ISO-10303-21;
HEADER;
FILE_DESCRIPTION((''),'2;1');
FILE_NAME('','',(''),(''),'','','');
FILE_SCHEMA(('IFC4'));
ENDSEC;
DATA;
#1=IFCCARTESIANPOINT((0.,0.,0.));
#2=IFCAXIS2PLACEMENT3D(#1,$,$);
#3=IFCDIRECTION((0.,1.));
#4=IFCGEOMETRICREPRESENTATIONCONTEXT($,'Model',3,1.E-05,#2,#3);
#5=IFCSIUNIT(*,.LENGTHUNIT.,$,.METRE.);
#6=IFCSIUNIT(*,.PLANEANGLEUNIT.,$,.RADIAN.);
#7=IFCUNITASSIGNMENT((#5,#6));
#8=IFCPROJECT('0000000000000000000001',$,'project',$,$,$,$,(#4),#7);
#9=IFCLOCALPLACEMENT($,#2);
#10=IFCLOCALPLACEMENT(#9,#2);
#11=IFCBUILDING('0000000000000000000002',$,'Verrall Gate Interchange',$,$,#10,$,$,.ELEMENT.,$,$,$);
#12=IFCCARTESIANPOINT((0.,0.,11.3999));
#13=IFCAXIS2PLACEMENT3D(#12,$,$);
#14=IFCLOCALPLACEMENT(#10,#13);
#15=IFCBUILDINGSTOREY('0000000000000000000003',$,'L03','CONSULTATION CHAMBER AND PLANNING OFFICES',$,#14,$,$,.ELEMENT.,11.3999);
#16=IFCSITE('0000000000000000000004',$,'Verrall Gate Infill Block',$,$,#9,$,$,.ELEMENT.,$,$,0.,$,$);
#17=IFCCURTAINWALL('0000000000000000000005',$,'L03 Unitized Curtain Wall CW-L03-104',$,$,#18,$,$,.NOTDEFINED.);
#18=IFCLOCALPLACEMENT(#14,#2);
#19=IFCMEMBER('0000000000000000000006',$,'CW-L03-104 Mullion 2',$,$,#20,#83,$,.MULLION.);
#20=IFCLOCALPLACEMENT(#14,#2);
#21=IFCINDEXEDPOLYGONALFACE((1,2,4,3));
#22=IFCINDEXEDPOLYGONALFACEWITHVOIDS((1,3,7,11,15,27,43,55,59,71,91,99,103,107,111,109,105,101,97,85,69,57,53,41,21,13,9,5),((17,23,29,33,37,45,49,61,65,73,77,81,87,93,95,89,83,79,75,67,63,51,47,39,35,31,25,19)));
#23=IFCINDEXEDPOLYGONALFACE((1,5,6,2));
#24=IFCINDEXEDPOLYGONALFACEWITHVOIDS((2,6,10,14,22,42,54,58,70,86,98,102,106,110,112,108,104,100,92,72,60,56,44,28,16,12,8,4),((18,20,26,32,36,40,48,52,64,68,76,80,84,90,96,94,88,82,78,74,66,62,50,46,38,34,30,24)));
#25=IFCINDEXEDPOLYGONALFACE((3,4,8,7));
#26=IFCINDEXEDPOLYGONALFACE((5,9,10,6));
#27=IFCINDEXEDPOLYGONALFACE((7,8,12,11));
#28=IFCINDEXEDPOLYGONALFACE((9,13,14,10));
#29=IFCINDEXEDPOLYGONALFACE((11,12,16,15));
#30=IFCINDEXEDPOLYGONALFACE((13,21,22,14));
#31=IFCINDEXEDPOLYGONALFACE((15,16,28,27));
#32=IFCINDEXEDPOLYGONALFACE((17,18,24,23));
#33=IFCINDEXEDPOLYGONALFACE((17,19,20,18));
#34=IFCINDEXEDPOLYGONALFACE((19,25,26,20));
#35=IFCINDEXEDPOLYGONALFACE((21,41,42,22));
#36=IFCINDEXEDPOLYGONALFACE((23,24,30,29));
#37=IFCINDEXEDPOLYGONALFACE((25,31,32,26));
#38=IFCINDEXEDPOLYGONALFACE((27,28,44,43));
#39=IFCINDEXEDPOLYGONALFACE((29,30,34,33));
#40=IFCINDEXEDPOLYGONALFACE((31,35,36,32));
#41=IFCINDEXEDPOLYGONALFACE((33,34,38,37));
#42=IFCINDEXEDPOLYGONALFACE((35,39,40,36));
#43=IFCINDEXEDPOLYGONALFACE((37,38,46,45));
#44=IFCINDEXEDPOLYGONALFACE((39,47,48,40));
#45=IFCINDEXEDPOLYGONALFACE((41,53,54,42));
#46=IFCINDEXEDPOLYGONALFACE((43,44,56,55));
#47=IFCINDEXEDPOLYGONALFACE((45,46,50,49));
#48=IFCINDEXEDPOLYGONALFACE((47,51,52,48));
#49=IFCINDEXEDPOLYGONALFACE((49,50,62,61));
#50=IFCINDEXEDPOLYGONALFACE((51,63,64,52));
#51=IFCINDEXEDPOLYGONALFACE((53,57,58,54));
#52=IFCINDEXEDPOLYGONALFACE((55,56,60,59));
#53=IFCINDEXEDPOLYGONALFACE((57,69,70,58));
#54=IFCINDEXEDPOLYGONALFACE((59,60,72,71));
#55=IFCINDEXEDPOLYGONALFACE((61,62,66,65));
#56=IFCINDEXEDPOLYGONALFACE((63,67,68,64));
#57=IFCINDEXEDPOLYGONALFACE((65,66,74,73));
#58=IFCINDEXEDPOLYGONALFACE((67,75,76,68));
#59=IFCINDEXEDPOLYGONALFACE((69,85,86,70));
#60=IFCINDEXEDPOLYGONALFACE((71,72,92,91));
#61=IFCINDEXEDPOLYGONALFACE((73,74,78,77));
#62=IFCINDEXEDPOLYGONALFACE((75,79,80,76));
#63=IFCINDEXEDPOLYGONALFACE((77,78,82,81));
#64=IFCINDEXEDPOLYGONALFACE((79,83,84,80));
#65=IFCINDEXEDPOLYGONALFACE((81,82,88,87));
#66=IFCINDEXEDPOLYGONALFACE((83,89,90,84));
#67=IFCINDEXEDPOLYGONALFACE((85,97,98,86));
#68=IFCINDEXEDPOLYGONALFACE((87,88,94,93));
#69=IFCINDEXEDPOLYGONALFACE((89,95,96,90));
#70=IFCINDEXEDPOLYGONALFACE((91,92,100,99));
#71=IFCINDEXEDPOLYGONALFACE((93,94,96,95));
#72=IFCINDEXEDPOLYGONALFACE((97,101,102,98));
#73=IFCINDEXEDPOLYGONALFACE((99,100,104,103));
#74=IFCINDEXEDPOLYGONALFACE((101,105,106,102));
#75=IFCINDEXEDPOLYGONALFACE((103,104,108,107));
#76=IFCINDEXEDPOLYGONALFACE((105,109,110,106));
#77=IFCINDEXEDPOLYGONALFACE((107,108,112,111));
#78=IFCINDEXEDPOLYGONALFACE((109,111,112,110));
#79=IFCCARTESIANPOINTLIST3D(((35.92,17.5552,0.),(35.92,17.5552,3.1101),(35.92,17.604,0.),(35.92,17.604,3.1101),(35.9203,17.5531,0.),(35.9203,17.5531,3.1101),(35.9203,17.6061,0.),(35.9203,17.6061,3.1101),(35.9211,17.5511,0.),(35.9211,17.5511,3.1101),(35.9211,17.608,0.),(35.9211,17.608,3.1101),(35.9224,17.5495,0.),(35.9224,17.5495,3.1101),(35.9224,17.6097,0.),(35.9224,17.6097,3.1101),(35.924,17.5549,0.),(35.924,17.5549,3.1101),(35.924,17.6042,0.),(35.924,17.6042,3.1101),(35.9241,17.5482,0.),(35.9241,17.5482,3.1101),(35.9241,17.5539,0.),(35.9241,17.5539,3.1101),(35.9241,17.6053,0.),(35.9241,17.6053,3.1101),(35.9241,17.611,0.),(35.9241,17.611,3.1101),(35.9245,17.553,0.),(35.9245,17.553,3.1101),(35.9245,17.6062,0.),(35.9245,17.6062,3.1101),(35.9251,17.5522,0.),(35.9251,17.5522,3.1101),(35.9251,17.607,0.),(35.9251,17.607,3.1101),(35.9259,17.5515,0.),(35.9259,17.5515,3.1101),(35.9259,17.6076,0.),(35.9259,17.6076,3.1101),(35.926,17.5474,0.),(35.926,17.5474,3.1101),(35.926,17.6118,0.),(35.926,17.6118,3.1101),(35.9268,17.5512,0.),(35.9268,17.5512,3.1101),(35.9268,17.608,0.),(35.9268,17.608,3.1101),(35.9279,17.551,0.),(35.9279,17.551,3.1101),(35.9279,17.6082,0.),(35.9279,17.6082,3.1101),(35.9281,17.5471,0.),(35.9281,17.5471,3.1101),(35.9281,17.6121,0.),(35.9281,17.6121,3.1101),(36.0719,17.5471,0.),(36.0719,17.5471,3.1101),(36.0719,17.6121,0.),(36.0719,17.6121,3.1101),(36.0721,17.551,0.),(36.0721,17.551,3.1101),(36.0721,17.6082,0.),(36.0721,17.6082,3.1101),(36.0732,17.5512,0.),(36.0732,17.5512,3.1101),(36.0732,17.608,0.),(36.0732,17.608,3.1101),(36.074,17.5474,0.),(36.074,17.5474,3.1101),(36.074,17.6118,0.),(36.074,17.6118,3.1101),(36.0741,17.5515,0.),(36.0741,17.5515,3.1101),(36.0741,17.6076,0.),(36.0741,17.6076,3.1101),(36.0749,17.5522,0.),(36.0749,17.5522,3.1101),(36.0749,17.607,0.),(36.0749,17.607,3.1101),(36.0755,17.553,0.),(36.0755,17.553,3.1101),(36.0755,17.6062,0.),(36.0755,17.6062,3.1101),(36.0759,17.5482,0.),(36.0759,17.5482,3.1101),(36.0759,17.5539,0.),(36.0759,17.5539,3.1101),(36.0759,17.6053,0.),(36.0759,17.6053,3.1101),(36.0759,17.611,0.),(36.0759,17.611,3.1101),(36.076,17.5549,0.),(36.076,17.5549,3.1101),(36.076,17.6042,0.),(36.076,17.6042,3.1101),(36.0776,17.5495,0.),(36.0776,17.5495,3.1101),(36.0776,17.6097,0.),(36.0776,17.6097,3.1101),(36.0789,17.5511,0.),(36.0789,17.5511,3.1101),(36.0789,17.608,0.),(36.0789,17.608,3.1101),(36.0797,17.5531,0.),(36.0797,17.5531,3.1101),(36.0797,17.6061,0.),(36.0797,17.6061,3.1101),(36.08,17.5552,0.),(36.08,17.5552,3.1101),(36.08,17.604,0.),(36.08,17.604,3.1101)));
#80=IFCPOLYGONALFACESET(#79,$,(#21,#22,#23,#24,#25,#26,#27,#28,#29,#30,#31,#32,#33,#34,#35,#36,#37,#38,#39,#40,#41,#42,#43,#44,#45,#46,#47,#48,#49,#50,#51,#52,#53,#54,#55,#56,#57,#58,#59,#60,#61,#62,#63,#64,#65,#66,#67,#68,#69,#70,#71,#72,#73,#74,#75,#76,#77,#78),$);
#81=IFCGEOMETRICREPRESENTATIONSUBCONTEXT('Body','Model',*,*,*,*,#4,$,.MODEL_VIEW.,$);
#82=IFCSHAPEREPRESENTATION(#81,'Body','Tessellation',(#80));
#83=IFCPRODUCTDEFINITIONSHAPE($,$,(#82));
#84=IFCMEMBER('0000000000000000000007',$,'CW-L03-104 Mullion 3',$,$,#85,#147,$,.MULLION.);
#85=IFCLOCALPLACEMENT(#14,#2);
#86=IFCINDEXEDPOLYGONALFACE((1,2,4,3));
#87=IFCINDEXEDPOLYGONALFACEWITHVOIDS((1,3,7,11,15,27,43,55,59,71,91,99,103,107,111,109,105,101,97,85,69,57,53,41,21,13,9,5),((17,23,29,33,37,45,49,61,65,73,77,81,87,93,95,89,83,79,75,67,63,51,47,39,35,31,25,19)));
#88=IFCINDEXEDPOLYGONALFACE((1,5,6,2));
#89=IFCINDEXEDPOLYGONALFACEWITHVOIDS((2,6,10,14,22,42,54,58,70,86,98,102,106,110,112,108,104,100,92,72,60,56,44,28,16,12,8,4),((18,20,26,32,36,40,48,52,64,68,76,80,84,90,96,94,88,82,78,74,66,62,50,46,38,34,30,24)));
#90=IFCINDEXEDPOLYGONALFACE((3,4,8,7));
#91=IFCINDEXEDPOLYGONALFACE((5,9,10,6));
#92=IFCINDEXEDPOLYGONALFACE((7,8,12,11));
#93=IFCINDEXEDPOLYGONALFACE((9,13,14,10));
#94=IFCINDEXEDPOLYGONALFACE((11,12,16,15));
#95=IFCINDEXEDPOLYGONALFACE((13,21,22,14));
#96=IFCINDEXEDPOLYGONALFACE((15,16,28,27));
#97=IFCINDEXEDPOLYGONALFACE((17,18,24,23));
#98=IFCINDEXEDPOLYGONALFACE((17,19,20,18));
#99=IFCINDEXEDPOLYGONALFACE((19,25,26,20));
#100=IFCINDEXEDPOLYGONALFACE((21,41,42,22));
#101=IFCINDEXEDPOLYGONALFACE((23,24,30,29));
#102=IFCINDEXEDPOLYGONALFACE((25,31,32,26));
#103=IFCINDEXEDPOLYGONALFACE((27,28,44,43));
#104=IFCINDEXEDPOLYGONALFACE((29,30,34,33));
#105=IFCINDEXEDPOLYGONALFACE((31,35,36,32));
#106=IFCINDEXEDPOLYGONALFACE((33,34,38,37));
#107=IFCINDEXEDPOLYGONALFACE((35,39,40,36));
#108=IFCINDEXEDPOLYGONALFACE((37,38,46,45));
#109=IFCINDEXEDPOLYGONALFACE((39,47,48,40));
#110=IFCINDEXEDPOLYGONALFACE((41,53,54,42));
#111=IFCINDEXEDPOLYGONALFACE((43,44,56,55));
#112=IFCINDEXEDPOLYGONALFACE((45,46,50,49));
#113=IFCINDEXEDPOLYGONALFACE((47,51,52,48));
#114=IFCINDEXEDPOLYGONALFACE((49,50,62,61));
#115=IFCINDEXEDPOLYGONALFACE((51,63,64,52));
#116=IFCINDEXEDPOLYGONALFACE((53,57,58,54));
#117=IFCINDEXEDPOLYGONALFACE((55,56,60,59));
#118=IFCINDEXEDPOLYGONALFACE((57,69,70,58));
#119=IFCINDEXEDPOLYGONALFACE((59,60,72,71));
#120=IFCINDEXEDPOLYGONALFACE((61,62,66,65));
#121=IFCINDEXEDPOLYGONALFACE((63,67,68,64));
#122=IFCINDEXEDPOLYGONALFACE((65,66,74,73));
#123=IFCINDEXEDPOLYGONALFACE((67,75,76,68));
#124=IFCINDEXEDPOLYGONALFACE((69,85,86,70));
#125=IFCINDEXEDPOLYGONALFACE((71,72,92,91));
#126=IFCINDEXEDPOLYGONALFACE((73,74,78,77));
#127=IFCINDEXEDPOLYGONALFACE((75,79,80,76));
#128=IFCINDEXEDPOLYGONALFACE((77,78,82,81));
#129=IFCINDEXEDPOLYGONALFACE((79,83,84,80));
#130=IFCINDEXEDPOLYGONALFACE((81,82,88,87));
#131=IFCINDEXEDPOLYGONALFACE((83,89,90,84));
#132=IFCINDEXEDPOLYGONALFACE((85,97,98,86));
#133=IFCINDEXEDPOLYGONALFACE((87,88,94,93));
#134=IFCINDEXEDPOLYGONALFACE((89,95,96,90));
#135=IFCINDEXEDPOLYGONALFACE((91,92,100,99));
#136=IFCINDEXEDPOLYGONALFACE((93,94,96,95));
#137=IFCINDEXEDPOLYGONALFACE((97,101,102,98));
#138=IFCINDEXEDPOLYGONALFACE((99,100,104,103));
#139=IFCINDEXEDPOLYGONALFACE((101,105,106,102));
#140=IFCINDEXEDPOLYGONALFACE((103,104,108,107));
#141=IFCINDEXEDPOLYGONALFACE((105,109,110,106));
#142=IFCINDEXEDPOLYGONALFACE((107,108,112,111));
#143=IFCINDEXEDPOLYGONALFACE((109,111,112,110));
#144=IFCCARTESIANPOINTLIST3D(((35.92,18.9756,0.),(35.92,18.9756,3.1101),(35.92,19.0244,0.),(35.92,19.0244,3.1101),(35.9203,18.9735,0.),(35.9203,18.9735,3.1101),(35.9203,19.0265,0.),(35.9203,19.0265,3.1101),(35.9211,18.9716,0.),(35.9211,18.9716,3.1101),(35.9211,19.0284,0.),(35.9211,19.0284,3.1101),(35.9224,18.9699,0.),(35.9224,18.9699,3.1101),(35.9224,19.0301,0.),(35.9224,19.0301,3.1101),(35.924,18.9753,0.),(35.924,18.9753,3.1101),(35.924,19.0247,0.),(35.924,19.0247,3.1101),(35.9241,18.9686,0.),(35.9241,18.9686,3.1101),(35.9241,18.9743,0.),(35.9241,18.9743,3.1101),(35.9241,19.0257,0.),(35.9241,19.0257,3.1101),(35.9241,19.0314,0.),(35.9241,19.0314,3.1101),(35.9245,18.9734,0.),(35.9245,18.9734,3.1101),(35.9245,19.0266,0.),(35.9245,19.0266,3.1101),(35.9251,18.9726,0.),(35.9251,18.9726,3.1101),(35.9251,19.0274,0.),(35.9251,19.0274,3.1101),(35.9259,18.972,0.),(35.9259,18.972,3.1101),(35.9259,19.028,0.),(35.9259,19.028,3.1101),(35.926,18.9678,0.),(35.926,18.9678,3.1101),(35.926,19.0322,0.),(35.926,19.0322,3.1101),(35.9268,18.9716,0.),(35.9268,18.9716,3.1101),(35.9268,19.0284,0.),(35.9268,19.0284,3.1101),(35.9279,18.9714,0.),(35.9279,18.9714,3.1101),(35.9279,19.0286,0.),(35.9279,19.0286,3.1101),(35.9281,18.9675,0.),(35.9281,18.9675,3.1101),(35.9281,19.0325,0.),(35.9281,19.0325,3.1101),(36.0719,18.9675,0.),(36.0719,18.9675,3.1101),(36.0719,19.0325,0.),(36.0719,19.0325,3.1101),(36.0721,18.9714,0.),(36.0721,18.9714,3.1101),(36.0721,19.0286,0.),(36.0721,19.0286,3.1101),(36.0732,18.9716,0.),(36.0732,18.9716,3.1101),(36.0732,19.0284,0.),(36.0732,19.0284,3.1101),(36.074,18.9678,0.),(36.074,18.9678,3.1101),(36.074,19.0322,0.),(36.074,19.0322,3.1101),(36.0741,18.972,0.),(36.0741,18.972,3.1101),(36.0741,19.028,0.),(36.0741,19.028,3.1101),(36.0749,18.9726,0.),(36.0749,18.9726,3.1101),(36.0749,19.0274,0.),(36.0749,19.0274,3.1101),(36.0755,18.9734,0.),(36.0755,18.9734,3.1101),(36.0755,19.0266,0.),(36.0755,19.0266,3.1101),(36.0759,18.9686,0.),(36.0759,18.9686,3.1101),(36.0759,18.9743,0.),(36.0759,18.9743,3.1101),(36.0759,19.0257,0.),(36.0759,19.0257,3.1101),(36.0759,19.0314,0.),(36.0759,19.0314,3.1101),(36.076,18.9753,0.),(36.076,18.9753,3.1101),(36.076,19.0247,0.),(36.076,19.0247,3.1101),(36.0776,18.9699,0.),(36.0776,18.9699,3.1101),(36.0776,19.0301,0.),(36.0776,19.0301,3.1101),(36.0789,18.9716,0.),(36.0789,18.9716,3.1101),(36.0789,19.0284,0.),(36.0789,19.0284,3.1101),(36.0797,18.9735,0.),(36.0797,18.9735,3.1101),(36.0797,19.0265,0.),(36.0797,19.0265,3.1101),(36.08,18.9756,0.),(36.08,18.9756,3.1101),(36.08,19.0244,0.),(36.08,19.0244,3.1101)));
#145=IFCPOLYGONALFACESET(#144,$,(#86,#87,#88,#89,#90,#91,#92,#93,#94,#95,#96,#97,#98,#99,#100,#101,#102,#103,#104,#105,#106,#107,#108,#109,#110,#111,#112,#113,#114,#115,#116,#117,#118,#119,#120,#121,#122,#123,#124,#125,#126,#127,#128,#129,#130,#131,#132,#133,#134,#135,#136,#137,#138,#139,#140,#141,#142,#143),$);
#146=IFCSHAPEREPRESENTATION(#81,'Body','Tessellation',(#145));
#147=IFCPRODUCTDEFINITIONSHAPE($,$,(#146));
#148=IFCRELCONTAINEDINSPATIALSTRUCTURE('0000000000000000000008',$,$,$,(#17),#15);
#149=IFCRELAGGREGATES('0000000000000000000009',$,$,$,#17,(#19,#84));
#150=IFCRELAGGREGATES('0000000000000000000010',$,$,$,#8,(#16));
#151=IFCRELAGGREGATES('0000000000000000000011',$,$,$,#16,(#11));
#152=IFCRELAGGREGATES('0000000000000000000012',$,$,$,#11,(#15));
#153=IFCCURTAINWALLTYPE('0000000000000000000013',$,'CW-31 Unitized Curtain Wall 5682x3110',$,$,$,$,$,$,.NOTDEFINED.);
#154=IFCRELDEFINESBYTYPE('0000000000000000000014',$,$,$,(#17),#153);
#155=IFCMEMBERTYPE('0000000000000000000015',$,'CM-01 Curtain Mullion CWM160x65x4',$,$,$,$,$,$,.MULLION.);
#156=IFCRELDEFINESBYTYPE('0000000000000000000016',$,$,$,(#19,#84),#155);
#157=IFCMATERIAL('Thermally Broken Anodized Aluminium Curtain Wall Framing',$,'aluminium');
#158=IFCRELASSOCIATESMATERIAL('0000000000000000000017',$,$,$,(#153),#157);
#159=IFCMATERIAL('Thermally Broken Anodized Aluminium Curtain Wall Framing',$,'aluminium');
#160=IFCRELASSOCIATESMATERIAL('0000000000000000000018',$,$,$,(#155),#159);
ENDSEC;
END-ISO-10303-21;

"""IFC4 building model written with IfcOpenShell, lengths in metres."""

from ifc_helpers import new_model, si_unit, direction, frame, origin, origin_2d, place, context, subcontext, project, spatial, hollow_rectangle, extrude, material, material_profile, profile_set, type_object, element, aggregate, save


model = new_model("IFC4")

# Units and contexts
model_context = context("Model", 3, precision=1e-05, world=origin(), true_north=direction((0.0, 1.0)))
body_context = subcontext(model_context, "Body", "Model", "MODEL_VIEW")
ifc_project = project(units=[si_unit("LENGTHUNIT", "METRE"), si_unit("PLANEANGLEUNIT", "RADIAN")], contexts=[model_context])

# Site, building, storey
site_placement = place(None, origin())
site = spatial("IfcSite", under=ifc_project, at=site_placement, Name="Verrall Gate Infill Block", CompositionType="ELEMENT", RefElevation=0.0)
building_placement = place(site_placement, origin())
building = spatial("IfcBuilding", under=site, at=building_placement, Name="Verrall Gate Interchange", CompositionType="ELEMENT")
storey_placement = place(building_placement, frame((0.0, 0.0, 11.3999)))
storey = spatial("IfcBuildingStorey", under=building, at=storey_placement, Name="L03", Description="CONSULTATION CHAMBER AND PLANNING OFFICES", CompositionType="ELEMENT", Elevation=11.3999)

# Curtain wall, members
ifc_material_1 = material(Name="Thermally Broken Anodized Aluminium Curtain Wall Framing", Category="aluminium")
curtain_wall_type = type_object("IfcCurtainWallType", Name="CW-31 Unitized Curtain Wall 5682x3110", PredefinedType="NOTDEFINED", material=ifc_material_1)
curtain_wall_placement = place(storey_placement, origin())
curtain_wall = element("IfcCurtainWall", 1, at=curtain_wall_placement, inside=storey, type_object=curtain_wall_type, Name="L03 Unitized Curtain Wall CW-L03-104", PredefinedType="NOTDEFINED")
ifc_material_2 = material(Name="Thermally Broken Anodized Aluminium Curtain Wall Framing", Category="aluminium")
ifc_material_profile_1 = material_profile(ifc_material_2, hollow_rectangle(XDim=0.0649, YDim=0.1599, WallThickness=0.0039, InnerFilletRadius=0.0039, OuterFilletRadius=0.0081, at=origin_2d()), Name="CWM160x65x4")
ifc_profile_set_1 = profile_set([ifc_material_profile_1], Name="Thermally Broken Anodized Aluminium Curtain Wall Framing")
member_type_1 = type_object("IfcMemberType", Name="CM-01 Curtain Mullion CWM160x65x4", PredefinedType="MULLION", material=ifc_profile_set_1)
member_1_placement = place(storey_placement, frame((36.0, 17.5796, 0.0), z_axis=(0.0, 0.0, 1.0), x_axis=(0.0, 1.0, 0.0)))
member_1 = element("IfcMember", 2, at=member_1_placement, type_object=member_type_1, Name="CW-L03-104 Mullion 2", PredefinedType="MULLION", context=body_context, shape_type="SweptSolid", body=[
    extrude(hollow_rectangle(XDim=0.0649, YDim=0.1599, WallThickness=0.0039, InnerFilletRadius=0.0039, OuterFilletRadius=0.0081, at=origin_2d()), origin(), (0.0, 0.0, 1.0), 3.1101),
])
member_2_placement = place(storey_placement, frame((36.0, 19.0, 0.0), z_axis=(0.0, 0.0, 1.0), x_axis=(0.0, 1.0, 0.0)))
member_2 = element("IfcMember", 3, at=member_2_placement, type_object=member_type_1, Name="CW-L03-104 Mullion 3", PredefinedType="MULLION", context=body_context, shape_type="SweptSolid", body=[
    extrude(hollow_rectangle(XDim=0.0649, YDim=0.1599, WallThickness=0.0039, InnerFilletRadius=0.0039, OuterFilletRadius=0.0081, at=origin_2d()), origin(), (0.0, 0.0, 1.0), 3.1101),
])

aggregate(curtain_wall, [member_1, member_2])

save(model, "model.ifc")
